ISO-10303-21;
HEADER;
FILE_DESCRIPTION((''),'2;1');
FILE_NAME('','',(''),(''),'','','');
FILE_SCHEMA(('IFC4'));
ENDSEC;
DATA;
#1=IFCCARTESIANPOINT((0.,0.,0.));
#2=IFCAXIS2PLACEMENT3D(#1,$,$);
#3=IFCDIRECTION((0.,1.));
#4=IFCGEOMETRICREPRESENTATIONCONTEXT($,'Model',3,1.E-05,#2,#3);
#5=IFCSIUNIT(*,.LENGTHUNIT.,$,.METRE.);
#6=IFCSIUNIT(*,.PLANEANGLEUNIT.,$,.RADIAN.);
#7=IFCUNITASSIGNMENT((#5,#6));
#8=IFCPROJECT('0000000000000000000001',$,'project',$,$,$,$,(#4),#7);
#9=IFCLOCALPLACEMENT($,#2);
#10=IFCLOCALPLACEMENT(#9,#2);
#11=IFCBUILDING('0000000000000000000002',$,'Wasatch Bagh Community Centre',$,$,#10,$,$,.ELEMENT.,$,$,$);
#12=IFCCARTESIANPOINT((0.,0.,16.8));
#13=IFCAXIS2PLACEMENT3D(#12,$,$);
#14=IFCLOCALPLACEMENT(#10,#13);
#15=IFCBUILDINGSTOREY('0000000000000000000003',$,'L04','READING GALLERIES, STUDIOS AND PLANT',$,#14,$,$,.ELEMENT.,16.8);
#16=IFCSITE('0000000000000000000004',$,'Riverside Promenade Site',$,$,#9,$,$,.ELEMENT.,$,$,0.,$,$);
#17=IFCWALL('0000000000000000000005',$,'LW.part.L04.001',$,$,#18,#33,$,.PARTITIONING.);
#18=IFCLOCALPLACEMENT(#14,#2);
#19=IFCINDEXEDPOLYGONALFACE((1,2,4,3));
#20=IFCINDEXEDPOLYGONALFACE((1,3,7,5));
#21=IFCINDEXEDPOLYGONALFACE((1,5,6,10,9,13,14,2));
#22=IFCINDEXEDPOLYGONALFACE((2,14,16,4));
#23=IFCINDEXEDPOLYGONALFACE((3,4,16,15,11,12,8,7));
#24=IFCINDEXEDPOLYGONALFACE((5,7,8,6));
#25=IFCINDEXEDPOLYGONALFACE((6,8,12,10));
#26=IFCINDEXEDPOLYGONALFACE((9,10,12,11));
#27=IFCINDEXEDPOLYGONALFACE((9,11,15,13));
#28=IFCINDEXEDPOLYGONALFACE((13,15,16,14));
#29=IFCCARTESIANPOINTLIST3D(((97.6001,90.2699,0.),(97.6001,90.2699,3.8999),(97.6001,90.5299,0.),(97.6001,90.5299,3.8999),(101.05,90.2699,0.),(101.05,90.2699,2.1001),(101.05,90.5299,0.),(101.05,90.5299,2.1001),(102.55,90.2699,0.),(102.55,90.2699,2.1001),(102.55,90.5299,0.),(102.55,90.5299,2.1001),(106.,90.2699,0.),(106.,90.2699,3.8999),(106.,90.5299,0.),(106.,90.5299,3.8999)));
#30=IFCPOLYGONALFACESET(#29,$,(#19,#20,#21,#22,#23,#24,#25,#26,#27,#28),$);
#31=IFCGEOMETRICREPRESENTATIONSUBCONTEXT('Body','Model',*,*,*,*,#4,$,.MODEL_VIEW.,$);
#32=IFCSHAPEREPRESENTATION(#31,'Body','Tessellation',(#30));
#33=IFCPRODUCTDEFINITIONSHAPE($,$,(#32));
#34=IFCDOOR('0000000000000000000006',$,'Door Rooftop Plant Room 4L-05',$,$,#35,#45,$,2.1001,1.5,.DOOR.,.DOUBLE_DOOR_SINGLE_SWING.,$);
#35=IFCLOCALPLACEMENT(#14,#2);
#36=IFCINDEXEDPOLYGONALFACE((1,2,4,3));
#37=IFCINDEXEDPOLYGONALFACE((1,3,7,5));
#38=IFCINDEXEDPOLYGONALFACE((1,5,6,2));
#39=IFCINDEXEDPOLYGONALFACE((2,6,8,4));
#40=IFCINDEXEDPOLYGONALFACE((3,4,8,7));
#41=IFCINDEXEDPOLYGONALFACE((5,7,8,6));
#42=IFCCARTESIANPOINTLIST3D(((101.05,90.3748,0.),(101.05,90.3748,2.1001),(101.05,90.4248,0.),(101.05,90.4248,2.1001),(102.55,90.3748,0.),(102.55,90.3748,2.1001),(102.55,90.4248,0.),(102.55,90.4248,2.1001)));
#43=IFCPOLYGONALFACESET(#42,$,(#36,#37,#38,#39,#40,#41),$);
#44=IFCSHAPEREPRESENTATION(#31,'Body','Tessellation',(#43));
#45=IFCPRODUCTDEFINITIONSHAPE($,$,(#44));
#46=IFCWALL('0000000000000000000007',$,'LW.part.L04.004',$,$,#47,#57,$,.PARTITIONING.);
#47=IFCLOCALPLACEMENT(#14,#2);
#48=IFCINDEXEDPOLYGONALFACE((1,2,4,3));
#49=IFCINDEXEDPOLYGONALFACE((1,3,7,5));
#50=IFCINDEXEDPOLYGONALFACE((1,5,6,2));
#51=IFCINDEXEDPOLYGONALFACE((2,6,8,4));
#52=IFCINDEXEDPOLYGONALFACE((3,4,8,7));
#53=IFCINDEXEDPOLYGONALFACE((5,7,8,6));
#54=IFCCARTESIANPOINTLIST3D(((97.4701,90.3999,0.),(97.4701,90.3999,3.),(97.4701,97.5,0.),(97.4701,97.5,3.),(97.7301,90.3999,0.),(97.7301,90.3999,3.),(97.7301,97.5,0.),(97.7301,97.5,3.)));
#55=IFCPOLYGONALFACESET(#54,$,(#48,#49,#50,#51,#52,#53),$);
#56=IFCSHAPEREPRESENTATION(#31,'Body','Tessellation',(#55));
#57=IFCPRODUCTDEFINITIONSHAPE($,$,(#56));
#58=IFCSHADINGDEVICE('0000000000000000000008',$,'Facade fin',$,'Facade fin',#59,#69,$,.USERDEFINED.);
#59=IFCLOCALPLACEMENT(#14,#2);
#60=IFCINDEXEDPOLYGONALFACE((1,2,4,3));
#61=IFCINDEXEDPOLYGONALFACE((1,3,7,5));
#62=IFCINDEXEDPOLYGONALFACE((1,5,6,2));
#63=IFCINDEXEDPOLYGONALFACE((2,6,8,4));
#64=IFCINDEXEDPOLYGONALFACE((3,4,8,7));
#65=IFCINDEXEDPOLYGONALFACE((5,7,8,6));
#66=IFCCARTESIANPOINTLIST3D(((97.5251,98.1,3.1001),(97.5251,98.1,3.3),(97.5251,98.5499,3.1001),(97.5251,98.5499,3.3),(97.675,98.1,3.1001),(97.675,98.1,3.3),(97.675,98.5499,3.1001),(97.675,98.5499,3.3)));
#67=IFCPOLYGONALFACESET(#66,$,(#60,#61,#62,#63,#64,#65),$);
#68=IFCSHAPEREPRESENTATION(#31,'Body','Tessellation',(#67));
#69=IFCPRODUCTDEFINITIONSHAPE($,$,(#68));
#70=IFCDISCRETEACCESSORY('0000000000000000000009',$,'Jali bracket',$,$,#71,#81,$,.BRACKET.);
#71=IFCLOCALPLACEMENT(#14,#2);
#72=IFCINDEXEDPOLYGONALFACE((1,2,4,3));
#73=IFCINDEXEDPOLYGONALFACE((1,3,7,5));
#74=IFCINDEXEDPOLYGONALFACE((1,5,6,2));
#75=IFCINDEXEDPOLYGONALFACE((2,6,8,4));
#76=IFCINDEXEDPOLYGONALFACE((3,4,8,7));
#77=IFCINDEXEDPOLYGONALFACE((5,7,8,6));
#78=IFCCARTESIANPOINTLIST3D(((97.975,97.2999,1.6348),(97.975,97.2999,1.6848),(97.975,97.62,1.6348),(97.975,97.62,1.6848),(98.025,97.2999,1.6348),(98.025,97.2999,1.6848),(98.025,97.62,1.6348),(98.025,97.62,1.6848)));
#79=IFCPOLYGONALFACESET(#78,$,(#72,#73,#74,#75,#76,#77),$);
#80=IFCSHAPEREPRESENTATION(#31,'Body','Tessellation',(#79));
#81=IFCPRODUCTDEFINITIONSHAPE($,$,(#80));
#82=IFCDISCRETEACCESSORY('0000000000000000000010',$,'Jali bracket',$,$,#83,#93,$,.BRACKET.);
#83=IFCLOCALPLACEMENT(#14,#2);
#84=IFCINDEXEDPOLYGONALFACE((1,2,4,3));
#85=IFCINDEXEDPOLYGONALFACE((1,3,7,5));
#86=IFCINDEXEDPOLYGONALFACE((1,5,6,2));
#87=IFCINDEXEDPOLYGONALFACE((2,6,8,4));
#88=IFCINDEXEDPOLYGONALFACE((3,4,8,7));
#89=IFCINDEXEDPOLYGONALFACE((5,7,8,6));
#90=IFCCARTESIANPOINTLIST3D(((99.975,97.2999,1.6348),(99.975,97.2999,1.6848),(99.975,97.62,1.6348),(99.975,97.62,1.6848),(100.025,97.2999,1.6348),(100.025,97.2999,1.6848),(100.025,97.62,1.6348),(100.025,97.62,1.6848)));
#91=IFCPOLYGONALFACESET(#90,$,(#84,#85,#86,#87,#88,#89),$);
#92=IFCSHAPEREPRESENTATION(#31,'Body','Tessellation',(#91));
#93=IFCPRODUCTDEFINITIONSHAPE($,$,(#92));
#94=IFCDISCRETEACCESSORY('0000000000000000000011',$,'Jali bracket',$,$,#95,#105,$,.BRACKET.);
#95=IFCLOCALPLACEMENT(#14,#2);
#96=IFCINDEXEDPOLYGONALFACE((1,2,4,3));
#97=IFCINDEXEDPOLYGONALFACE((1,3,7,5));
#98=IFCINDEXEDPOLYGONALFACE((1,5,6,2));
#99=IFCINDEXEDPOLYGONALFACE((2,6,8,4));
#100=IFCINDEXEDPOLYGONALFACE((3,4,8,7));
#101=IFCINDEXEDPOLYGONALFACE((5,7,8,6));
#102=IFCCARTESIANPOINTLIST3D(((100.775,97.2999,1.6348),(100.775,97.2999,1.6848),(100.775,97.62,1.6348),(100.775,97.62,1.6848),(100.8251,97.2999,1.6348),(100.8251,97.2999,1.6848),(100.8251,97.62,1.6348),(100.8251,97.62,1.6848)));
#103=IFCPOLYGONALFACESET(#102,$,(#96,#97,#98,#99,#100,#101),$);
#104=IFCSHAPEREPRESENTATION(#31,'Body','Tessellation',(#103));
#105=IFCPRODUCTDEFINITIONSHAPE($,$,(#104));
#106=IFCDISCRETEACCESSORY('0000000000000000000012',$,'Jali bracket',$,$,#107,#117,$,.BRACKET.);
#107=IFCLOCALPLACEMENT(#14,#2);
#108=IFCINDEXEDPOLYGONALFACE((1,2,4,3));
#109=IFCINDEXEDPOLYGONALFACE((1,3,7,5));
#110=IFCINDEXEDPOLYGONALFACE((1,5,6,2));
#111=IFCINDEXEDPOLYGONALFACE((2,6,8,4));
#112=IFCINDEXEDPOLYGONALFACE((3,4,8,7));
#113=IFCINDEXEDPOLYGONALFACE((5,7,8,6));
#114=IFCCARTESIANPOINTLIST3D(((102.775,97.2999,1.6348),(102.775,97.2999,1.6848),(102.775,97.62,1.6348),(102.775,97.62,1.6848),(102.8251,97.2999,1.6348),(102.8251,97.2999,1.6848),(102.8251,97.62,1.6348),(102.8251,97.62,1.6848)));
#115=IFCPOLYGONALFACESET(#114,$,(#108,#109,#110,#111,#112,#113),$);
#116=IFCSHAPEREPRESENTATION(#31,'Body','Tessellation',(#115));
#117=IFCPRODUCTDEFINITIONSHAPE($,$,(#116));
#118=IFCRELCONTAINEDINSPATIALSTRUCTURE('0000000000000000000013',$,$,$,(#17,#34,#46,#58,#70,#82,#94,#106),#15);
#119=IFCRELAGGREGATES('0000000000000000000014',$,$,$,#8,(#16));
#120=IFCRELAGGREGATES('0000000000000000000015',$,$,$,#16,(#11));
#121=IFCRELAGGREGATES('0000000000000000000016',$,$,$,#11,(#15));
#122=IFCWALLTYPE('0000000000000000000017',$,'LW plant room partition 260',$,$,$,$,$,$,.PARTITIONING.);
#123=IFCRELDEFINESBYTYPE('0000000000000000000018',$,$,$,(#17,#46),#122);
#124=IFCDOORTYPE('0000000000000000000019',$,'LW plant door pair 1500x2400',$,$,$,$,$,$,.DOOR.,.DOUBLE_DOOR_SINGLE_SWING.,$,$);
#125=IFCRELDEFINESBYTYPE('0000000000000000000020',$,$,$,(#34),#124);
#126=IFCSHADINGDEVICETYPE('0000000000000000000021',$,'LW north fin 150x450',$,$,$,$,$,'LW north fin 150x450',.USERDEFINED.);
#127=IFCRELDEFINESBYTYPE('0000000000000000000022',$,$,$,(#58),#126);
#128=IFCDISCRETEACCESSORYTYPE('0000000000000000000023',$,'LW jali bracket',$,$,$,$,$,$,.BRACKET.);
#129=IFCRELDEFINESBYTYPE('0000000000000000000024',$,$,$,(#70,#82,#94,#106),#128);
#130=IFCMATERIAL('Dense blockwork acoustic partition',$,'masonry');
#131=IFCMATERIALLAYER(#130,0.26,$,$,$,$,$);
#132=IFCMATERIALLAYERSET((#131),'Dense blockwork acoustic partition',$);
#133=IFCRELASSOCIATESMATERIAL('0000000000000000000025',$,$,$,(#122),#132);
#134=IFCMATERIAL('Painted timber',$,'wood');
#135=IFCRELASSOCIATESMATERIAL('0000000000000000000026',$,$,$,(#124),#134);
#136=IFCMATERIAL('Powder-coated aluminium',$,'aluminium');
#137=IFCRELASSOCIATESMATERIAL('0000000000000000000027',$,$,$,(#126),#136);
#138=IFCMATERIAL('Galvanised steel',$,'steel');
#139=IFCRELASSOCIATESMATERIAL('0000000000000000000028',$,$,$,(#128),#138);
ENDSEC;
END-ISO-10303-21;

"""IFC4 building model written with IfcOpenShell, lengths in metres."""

from ifc_helpers import new_model, si_unit, direction, frame, frame_2d, origin, origin_2d, place, context, subcontext, project, spatial, rectangle, extrude, material, layer, layer_set, type_object, element, fill, save


model = new_model("IFC4")

# Units and contexts
model_context = context("Model", 3, precision=1e-05, world=origin(), true_north=direction((0.0, 1.0)))
body_context = subcontext(model_context, "Body", "Model", "MODEL_VIEW")
ifc_project = project(units=[si_unit("LENGTHUNIT", "METRE"), si_unit("PLANEANGLEUNIT", "RADIAN")], contexts=[model_context])

# Site, building, storey
site_placement = place(None, origin())
site = spatial("IfcSite", under=ifc_project, at=site_placement, Name="Riverside Promenade Site", CompositionType="ELEMENT", RefElevation=0.0)
building_placement = place(site_placement, origin())
building = spatial("IfcBuilding", under=site, at=building_placement, Name="Wasatch Bagh Community Centre", CompositionType="ELEMENT")
storey_placement = place(building_placement, frame((0.0, 0.0, 16.8)))
storey = spatial("IfcBuildingStorey", under=building, at=storey_placement, Name="L04", Description="READING GALLERIES, STUDIOS AND PLANT", CompositionType="ELEMENT", Elevation=16.8)

# Wall, opening, door
ifc_material_1 = material(Name="Dense blockwork acoustic partition", Category="masonry")
ifc_layer_1 = layer(ifc_material_1, 0.26)
ifc_layer_set_1 = layer_set([ifc_layer_1], Name="Dense blockwork acoustic partition")
wall_type_1 = type_object("IfcWallType", Name="LW plant room partition 260", PredefinedType="PARTITIONING", material=ifc_layer_set_1)
wall_1_placement = place(storey_placement, frame((97.6001, 90.3999, 0.0), z_axis=(0.0, 0.0, 1.0), x_axis=(1.0, 0.0, 0.0)))
wall_1 = element("IfcWall", 1, at=wall_1_placement, inside=storey, type_object=wall_type_1, Name="LW.part.L04.001", PredefinedType="PARTITIONING", context=body_context, shape_type="SweptSolid", body=[
    extrude(rectangle(XDim=8.3999, YDim=0.26, at=frame_2d((4.2, 0.0))), origin(), (0.0, 0.0, 1.0), 3.8999),
])
opening_1_placement = place(wall_1_placement, frame((3.45, 0.0, 0.0)))
opening_1 = element("IfcOpeningElement", 2, at=opening_1_placement, cuts=wall_1, PredefinedType="OPENING", context=body_context, shape_type="SweptSolid", body=[
    extrude(rectangle(XDim=1.5, YDim=2.1001, at=frame_2d((0.75, 1.05))), frame((0.0, 0.1399, 0.0), z_axis=(0.0, -1.0, 0.0), x_axis=(1.0, 0.0, 0.0)), (0.0, 0.0, 1.0), 0.28),
])
ifc_material_2 = material(Name="Painted timber", Category="wood")
door_type = type_object("IfcDoorType", Name="LW plant door pair 1500x2400", OperationType="DOUBLE_DOOR_SINGLE_SWING", PredefinedType="DOOR", material=ifc_material_2)
door_placement = place(opening_1_placement, origin())
door = element("IfcDoor", 3, at=door_placement, inside=storey, type_object=door_type, Name="Door Rooftop Plant Room 4L-05", OperationType="DOUBLE_DOOR_SINGLE_SWING", OverallHeight=2.1001, OverallWidth=1.5, PredefinedType="DOOR", context=body_context, shape_type="SweptSolid", body=[
    extrude(rectangle(XDim=1.5, YDim=2.1001, at=frame_2d((0.75, 1.05))), frame((0.0, 0.0249, 0.0), z_axis=(0.0, -1.0, 0.0), x_axis=(1.0, 0.0, 0.0)), (0.0, 0.0, 1.0), 0.05),
])
fill(opening_1, door)

# Wall
wall_2_placement = place(storey_placement, frame((97.6001, 90.3999, 0.0), z_axis=(0.0, 0.0, 1.0), x_axis=(0.0, 1.0, 0.0)))
element("IfcWall", 4, at=wall_2_placement, inside=storey, type_object=wall_type_1, Name="LW.part.L04.004", PredefinedType="PARTITIONING", context=body_context, shape_type="SweptSolid", body=[
    extrude(rectangle(XDim=7.1001, YDim=0.26, at=frame_2d((3.55, 0.0))), origin(), (0.0, 0.0, 1.0), 3.0),
])

# Shading device
ifc_material_3 = material(Name="Powder-coated aluminium", Category="aluminium")
shading_device_type = type_object("IfcShadingDeviceType", Name="LW north fin 150x450", ElementType="LW north fin 150x450", PredefinedType="USERDEFINED", material=ifc_material_3)
shading_device_placement = place(storey_placement, frame((97.6001, 98.325, 3.1001), z_axis=(0.0, 0.0, 1.0), x_axis=(1.0, 0.0, 0.0)))
element("IfcShadingDevice", 5, at=shading_device_placement, inside=storey, type_object=shading_device_type, Name="Facade fin", ObjectType="Facade fin", PredefinedType="USERDEFINED", context=body_context, shape_type="SweptSolid", body=[
    extrude(rectangle(XDim=0.1499, YDim=0.45, at=origin_2d()), origin(), (0.0, 0.0, 1.0), 0.2),
])

# Discrete accessories
ifc_material_4 = material(Name="Galvanised steel", Category="steel")
discrete_accessory_type = type_object("IfcDiscreteAccessoryType", Name="LW jali bracket", PredefinedType="BRACKET", material=ifc_material_4)
for number, where, z_axis, x_axis, name in (
    (6, (98.0, 97.46, 1.6348), (0.0, 0.0, 1.0), (1.0, 0.0, 0.0), "Jali bracket"),
    (7, (100.0, 97.46, 1.6348), (0.0, 0.0, 1.0), (1.0, 0.0, 0.0), "Jali bracket"),
    (8, (100.8, 97.46, 1.6348), (0.0, 0.0, 1.0), (1.0, 0.0, 0.0), "Jali bracket"),
    (9, (102.8, 97.46, 1.6348), (0.0, 0.0, 1.0), (1.0, 0.0, 0.0), "Jali bracket"),
):
    element("IfcDiscreteAccessory", number, at=place(storey_placement, frame(where, z_axis=z_axis, x_axis=x_axis)), inside=storey, type_object=discrete_accessory_type, Name=name, PredefinedType="BRACKET", context=body_context, shape_type="SweptSolid", body=[
        extrude(rectangle(XDim=0.05, YDim=0.3201, at=origin_2d()), origin(), (0.0, 0.0, 1.0), 0.05),
    ])

save(model, "model.ifc")
